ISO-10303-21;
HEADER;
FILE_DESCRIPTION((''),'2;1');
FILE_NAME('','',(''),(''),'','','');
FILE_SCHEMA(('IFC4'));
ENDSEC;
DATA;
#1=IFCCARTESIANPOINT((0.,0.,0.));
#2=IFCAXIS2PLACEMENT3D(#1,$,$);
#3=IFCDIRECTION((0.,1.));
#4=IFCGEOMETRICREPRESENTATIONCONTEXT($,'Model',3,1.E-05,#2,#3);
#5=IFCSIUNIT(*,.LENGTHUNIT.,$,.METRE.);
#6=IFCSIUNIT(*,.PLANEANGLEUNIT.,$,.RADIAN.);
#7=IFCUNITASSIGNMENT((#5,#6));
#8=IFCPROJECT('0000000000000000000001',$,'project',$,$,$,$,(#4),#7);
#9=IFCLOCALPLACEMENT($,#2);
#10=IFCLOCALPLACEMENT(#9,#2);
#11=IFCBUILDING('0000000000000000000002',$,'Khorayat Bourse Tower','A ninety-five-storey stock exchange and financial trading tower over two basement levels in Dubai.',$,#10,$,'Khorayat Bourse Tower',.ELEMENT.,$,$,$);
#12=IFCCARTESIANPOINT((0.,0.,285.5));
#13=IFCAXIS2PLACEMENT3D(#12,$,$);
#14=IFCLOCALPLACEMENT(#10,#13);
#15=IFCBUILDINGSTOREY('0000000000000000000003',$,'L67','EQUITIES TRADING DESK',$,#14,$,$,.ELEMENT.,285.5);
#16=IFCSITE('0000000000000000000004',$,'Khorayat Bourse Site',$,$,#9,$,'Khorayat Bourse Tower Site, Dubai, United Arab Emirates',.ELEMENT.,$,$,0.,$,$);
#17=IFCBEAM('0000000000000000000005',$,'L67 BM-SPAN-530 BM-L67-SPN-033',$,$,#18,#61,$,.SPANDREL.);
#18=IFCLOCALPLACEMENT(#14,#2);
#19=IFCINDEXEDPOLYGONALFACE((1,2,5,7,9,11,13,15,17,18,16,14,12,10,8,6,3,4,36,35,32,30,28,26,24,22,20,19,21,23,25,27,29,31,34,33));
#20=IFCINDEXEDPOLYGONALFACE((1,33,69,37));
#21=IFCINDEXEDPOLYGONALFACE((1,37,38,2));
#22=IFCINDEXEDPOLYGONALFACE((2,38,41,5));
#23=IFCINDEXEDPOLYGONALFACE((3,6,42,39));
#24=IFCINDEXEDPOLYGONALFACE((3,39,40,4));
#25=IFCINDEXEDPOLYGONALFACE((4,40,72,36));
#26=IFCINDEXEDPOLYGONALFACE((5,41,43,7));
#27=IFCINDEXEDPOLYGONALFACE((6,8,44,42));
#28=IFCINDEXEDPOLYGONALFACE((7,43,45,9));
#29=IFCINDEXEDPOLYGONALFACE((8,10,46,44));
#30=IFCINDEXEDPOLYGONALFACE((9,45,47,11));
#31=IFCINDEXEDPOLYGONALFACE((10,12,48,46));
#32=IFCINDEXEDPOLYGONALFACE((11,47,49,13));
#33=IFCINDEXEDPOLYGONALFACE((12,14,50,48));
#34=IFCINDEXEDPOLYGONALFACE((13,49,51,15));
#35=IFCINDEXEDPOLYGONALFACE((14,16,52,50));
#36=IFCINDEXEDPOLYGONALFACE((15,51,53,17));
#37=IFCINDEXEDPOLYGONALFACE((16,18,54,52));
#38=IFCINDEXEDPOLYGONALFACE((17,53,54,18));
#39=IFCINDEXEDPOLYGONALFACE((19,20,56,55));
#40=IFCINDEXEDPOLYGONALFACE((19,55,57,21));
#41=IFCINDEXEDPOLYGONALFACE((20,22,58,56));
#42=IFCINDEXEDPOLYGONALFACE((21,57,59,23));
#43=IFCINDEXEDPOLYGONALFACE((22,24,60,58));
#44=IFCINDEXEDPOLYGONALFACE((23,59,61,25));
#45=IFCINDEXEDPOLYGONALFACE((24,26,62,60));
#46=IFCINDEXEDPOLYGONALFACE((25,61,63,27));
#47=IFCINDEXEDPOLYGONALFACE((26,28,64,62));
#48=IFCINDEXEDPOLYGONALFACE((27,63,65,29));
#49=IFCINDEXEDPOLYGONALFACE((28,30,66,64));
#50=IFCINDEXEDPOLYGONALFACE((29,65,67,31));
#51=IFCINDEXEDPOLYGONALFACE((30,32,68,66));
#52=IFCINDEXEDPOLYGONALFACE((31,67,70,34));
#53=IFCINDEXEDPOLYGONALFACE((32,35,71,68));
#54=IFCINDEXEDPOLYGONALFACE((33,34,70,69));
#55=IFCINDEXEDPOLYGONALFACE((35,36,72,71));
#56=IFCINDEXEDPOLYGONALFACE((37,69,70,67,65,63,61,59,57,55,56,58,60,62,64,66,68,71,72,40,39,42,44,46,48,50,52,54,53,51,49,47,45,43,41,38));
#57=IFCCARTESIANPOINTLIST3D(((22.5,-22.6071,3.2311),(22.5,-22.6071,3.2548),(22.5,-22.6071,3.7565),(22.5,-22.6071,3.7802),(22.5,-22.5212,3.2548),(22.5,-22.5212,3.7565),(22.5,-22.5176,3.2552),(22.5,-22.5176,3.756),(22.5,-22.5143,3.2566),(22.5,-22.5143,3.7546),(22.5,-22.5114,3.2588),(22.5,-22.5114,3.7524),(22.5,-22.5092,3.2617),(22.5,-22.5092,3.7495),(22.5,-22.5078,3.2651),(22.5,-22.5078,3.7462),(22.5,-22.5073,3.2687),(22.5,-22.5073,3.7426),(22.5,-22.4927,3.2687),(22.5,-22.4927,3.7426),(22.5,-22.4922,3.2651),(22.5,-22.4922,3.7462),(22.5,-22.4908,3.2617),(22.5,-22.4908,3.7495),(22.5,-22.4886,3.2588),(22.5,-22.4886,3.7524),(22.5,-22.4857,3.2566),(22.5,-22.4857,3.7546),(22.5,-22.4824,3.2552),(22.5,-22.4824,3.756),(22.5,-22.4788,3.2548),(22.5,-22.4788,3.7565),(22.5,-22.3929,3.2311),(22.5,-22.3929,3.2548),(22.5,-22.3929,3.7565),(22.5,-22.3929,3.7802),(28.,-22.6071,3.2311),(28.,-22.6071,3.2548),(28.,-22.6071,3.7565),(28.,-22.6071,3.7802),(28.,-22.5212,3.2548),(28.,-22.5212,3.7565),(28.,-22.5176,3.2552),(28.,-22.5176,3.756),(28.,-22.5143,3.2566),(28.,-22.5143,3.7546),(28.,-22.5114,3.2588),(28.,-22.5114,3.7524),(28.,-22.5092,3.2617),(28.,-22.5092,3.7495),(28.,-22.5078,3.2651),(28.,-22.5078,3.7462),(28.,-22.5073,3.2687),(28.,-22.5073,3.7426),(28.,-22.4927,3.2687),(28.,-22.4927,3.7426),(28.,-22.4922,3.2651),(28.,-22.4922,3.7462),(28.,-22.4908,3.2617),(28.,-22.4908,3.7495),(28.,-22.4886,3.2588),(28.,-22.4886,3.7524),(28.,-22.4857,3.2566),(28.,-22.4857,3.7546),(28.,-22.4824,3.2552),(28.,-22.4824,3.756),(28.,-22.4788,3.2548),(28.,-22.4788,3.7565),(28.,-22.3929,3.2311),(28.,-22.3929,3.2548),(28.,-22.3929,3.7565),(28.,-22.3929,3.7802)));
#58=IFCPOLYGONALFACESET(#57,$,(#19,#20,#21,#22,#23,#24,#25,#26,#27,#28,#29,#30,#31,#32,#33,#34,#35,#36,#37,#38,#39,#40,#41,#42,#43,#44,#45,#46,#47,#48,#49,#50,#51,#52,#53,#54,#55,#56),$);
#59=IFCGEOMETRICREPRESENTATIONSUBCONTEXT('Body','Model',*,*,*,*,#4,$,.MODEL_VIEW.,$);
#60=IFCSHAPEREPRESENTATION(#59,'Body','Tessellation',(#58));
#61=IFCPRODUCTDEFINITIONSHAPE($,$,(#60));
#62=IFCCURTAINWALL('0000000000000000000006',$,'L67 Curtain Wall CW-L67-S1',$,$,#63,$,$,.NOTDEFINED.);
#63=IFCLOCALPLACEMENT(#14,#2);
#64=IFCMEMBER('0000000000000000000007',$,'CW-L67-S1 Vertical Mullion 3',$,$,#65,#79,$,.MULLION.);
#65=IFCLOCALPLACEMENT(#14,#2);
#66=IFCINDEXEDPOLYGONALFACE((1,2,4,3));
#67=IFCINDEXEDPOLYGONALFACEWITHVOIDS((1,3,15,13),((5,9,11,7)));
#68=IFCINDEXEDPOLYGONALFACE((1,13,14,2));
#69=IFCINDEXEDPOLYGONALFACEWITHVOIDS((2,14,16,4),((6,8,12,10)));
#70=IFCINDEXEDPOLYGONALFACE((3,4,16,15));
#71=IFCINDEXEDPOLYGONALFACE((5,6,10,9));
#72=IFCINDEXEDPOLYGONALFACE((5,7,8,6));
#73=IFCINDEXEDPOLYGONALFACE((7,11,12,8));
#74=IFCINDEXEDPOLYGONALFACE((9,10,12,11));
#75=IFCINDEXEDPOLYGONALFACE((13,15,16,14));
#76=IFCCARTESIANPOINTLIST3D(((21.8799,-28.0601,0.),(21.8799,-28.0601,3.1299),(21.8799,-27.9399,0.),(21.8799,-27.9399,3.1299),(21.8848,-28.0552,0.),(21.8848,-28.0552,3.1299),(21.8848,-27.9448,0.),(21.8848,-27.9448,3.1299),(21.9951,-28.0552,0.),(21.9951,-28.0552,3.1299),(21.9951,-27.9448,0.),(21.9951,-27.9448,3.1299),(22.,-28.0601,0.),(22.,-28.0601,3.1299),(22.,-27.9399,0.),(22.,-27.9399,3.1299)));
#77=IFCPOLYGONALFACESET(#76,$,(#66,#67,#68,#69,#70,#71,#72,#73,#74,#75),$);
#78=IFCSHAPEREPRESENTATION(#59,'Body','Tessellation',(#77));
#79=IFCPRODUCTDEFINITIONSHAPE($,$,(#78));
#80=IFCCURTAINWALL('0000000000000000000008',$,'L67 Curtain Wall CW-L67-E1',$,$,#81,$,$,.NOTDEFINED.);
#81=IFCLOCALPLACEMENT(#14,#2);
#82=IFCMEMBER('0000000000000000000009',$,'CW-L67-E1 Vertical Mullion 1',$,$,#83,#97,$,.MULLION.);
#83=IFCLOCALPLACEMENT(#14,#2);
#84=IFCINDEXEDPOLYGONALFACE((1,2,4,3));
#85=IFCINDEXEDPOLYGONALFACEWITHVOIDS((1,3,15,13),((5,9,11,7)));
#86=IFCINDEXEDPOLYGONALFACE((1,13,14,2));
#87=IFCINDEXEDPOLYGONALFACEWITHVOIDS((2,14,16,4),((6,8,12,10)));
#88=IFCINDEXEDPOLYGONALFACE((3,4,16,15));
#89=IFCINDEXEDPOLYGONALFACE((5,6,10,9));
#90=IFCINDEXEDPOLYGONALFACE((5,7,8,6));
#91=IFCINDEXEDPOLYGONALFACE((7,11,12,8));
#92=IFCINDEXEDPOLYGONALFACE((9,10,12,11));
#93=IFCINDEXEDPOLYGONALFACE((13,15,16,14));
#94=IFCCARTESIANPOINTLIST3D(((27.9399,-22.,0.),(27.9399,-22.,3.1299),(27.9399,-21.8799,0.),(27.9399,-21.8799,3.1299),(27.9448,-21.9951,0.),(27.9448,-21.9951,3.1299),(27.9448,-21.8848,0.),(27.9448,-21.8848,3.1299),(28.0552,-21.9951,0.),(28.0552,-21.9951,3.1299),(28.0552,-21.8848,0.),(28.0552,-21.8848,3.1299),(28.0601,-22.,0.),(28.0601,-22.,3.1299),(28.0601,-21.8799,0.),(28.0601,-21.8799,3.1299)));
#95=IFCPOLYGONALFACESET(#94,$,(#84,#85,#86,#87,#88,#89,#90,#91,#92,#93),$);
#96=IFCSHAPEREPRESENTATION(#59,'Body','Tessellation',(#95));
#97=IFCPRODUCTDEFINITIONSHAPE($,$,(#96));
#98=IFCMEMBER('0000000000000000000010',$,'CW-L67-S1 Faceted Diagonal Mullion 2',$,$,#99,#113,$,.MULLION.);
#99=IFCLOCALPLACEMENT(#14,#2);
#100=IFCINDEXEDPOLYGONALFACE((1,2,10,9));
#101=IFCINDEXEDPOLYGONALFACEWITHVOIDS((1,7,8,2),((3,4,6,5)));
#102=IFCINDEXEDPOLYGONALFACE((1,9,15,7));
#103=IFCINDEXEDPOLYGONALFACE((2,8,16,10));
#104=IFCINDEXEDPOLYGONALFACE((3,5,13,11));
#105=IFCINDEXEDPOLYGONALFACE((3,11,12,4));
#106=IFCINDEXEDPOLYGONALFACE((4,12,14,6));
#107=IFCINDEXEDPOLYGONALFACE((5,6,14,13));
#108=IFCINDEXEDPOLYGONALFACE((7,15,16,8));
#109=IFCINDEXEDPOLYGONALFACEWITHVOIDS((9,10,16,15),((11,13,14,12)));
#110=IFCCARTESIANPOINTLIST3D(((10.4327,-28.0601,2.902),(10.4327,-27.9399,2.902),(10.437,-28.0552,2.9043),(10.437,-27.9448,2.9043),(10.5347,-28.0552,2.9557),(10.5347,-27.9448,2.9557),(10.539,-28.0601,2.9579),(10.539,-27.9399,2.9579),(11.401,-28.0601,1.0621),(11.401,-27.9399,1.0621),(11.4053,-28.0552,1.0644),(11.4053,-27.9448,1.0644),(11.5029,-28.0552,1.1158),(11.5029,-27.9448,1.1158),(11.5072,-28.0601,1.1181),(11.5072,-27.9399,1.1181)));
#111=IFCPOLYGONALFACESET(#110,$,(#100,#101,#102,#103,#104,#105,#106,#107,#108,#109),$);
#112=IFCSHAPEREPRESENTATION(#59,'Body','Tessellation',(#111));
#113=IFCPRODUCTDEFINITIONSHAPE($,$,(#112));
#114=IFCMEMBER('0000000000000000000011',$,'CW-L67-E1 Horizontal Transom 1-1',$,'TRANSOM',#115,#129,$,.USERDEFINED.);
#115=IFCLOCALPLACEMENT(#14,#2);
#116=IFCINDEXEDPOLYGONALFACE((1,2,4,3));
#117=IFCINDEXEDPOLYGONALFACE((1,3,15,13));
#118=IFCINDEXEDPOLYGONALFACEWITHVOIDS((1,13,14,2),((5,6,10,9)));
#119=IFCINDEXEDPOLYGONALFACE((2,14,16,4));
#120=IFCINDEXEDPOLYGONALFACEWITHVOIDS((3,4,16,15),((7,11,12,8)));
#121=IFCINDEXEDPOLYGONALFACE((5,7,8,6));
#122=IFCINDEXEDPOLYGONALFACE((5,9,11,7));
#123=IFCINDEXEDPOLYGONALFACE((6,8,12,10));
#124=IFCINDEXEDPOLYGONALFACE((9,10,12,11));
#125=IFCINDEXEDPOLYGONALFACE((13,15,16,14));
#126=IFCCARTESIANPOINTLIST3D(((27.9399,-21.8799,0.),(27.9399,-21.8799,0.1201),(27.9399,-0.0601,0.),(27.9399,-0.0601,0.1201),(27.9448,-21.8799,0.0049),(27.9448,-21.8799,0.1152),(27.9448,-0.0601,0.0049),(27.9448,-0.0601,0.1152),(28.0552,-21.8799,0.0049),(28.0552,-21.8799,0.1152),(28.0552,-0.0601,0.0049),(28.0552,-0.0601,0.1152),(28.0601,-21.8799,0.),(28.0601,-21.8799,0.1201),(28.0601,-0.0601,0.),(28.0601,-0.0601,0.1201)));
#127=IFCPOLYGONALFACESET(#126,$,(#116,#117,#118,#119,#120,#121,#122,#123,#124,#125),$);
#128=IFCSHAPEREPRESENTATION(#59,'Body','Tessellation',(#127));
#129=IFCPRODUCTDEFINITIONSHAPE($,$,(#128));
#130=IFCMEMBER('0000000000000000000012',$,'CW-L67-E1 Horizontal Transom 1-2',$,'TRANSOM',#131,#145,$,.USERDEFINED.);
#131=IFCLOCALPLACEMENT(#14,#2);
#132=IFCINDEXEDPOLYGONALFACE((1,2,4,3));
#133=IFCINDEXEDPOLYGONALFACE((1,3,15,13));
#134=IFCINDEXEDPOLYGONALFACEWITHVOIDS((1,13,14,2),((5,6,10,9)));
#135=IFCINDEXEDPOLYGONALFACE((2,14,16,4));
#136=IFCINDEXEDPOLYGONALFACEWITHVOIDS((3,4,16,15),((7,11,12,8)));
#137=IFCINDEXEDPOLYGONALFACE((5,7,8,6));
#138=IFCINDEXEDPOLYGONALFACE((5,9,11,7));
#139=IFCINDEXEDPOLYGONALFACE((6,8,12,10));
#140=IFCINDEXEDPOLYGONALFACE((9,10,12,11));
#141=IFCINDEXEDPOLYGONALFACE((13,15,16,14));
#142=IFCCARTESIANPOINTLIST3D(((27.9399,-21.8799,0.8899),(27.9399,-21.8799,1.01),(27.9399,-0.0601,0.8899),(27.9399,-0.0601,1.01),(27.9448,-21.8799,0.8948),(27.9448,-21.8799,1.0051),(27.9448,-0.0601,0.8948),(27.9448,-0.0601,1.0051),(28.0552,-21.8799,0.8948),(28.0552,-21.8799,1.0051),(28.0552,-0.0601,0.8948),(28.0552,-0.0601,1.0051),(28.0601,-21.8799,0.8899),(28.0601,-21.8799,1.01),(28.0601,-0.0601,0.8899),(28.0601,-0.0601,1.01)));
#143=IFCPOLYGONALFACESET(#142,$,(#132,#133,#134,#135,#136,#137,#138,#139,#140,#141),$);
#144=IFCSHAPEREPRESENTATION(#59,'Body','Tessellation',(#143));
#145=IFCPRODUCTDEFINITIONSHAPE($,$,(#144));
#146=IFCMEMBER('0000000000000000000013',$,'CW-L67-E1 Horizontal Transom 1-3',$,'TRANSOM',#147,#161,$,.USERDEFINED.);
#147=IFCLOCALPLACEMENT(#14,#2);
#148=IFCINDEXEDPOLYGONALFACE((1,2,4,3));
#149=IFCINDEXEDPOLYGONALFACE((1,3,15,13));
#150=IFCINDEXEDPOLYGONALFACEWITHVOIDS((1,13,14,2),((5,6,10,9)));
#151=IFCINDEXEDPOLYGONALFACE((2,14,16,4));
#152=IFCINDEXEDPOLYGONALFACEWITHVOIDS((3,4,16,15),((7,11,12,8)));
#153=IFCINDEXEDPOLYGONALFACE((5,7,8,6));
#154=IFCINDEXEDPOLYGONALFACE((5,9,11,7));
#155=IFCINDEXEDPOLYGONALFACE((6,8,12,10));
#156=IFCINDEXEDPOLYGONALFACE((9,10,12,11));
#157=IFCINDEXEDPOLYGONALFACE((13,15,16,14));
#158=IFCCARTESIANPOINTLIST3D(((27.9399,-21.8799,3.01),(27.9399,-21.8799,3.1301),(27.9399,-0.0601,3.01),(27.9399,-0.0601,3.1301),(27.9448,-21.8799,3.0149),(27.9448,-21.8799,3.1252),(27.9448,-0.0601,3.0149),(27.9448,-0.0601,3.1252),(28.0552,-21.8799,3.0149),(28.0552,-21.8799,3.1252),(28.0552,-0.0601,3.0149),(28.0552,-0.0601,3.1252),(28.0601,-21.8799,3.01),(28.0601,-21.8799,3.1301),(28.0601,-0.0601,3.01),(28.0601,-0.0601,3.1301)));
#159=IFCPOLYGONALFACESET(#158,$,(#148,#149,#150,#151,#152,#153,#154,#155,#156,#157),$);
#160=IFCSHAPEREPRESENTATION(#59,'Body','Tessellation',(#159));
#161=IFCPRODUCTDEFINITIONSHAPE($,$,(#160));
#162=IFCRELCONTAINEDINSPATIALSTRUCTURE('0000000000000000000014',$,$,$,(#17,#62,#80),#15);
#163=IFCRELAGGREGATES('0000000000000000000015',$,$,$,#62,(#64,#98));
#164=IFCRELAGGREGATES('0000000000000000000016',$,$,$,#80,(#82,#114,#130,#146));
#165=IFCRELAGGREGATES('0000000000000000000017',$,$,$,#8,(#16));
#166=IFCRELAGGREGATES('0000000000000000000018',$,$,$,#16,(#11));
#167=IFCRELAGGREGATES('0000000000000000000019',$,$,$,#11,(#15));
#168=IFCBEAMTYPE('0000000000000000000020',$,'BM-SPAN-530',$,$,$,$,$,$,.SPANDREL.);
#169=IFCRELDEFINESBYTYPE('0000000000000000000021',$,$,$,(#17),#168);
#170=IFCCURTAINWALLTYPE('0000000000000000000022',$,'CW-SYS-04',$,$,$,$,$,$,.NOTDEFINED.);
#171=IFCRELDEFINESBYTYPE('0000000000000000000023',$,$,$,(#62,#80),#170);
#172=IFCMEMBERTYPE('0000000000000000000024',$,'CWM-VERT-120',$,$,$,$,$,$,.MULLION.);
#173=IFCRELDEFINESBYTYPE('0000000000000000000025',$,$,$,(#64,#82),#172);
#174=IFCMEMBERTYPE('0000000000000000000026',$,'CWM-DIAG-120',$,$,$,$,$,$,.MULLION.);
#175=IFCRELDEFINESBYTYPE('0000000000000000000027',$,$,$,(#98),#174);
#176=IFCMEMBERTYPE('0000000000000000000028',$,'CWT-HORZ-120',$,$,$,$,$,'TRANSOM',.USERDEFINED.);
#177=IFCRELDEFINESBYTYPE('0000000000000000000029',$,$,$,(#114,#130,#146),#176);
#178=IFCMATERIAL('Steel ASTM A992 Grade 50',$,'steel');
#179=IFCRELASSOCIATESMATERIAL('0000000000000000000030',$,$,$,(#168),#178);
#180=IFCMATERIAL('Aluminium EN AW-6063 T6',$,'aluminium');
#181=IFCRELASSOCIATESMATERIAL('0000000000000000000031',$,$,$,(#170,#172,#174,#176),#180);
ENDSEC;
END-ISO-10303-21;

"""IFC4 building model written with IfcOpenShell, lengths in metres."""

from ifc_helpers import new_model, si_unit, direction, frame, origin, origin_2d, place, context, subcontext, project, spatial, hollow_rectangle, i_section, extrude, source, transform, mapped, material, material_profile, profile_set, type_object, element, aggregate, save


model = new_model("IFC4")

# Units and contexts
model_context = context("Model", 3, precision=1e-05, world=origin(), true_north=direction((0.0, 1.0)))
body_context = subcontext(model_context, "Body", "Model", "MODEL_VIEW")
ifc_project = project(units=[si_unit("LENGTHUNIT", "METRE"), si_unit("PLANEANGLEUNIT", "RADIAN")], contexts=[model_context])

# Site, building, storey
site_placement = place(None, origin())
site = spatial("IfcSite", under=ifc_project, at=site_placement, Name="Khorayat Bourse Site", LongName="Khorayat Bourse Tower Site, Dubai, United Arab Emirates", CompositionType="ELEMENT", RefElevation=0.0)
building_placement = place(site_placement, origin())
building = spatial("IfcBuilding", under=site, at=building_placement, Name="Khorayat Bourse Tower", Description="A ninety-five-storey stock exchange and financial trading tower over two basement levels in Dubai.", LongName="Khorayat Bourse Tower", CompositionType="ELEMENT")
storey_placement = place(building_placement, frame((0.0, 0.0, 285.5)))
storey = spatial("IfcBuildingStorey", under=building, at=storey_placement, Name="L67", Description="EQUITIES TRADING DESK", CompositionType="ELEMENT", Elevation=285.5)

# Beam
ifc_material_1 = material(Name="Steel ASTM A992 Grade 50", Category="steel")
ifc_material_profile_1 = material_profile(ifc_material_1, i_section(OverallWidth=0.2141, OverallDepth=0.5491, WebThickness=0.0146, FlangeThickness=0.0237, FilletRadius=0.0139, at=origin_2d()), Name="W530X138")
ifc_profile_set_1 = profile_set([ifc_material_profile_1], Name="Steel ASTM A992 Grade 50")
beam_type_1 = type_object("IfcBeamType", Name="BM-SPAN-530", PredefinedType="SPANDREL", material=ifc_profile_set_1)
shared_shape_1 = source(origin(), body_context, "Body", "SweptSolid", [
    extrude(i_section(OverallWidth=0.2141, OverallDepth=0.5491, WebThickness=0.0146, FlangeThickness=0.0237, FilletRadius=0.0139, at=origin_2d()), origin(), (0.0, 0.0, 1.0), 5.5),
])
for number, where, z_axis, x_axis, name in (
    (1, (22.5, -22.5, 3.5056), (1.0, 0.0, 0.0), (0.0, 1.0, 0.0), "L67 BM-SPAN-530 BM-L67-SPN-033"),
):
    element("IfcBeam", number, at=place(storey_placement, frame(where, z_axis=z_axis, x_axis=x_axis)), inside=storey, type_object=beam_type_1, Name=name, PredefinedType="SPANDREL", context=body_context, shape_type="MappedRepresentation", body=[
        mapped(shared_shape_1, transform((0.0, 0.0, 0.0), scale=1.0)),
    ])

# Curtain walls, members
ifc_material_2 = material(Name="Aluminium EN AW-6063 T6", Category="aluminium")
curtain_wall_type = type_object("IfcCurtainWallType", Name="CW-SYS-04", PredefinedType="NOTDEFINED", material=ifc_material_2)
curtain_wall_1_placement = place(storey_placement, origin())
curtain_wall_1 = element("IfcCurtainWall", 2, at=curtain_wall_1_placement, inside=storey, type_object=curtain_wall_type, Name="L67 Curtain Wall CW-L67-S1", PredefinedType="NOTDEFINED")
ifc_material_profile_2 = material_profile(ifc_material_2, hollow_rectangle(XDim=0.1201, YDim=0.1201, WallThickness=0.0049, at=origin_2d()), Name="ALU 120x120x5")
ifc_profile_set_2 = profile_set([ifc_material_profile_2], Name="Aluminium EN AW-6063 T6")
member_type_1 = type_object("IfcMemberType", Name="CWM-VERT-120", PredefinedType="MULLION", material=ifc_profile_set_2)
shared_shape_2 = source(origin(), body_context, "Body", "SweptSolid", [
    extrude(hollow_rectangle(XDim=0.1201, YDim=0.1201, WallThickness=0.0049, at=origin_2d()), origin(), (0.0, 0.0, 1.0), 3.1299),
])
member_1_placement = place(storey_placement, frame((21.9399, -28.0, 0.0), z_axis=(0.0, 0.0, 1.0), x_axis=(0.0, 1.0, 0.0)))
member_1 = element("IfcMember", 3, at=member_1_placement, type_object=member_type_1, Name="CW-L67-S1 Vertical Mullion 3", PredefinedType="MULLION", context=body_context, shape_type="MappedRepresentation", body=[
    mapped(shared_shape_2, transform((0.0, 0.0, 0.0), scale=1.0)),
])
curtain_wall_2_placement = place(storey_placement, origin())
curtain_wall_2 = element("IfcCurtainWall", 4, at=curtain_wall_2_placement, inside=storey, type_object=curtain_wall_type, Name="L67 Curtain Wall CW-L67-E1", PredefinedType="NOTDEFINED")
member_2_placement = place(storey_placement, frame((28.0, -21.9399, 0.0), z_axis=(0.0, 0.0, 1.0), x_axis=(-1.0, 0.0, 0.0)))
member_2 = element("IfcMember", 5, at=member_2_placement, type_object=member_type_1, Name="CW-L67-E1 Vertical Mullion 1", PredefinedType="MULLION", context=body_context, shape_type="MappedRepresentation", body=[
    mapped(shared_shape_2, transform((0.0, 0.0, 0.0), scale=1.0)),
])

# Members
ifc_material_profile_3 = material_profile(ifc_material_2, hollow_rectangle(XDim=0.1201, YDim=0.1201, WallThickness=0.0049, at=origin_2d()), Name="ALU 120x120x5")
ifc_profile_set_3 = profile_set([ifc_material_profile_3], Name="Aluminium EN AW-6063 T6")
member_type_2 = type_object("IfcMemberType", Name="CWM-DIAG-120", PredefinedType="MULLION", material=ifc_profile_set_3)
shared_shape_3 = source(origin(), body_context, "Body", "SweptSolid", [
    extrude(hollow_rectangle(XDim=0.1201, YDim=0.1201, WallThickness=0.0049, at=origin_2d()), origin(), (0.0, 0.0, 1.0), 2.0791),
])
member_3_placement = place(storey_placement, frame((11.4541, -28.0, 1.0901), z_axis=(-0.465717, 0.0, 0.884934), x_axis=(0.0, -1.0, 0.0)))
member_3 = element("IfcMember", 6, at=member_3_placement, type_object=member_type_2, Name="CW-L67-S1 Faceted Diagonal Mullion 2", PredefinedType="MULLION", context=body_context, shape_type="MappedRepresentation", body=[
    mapped(shared_shape_3, transform((0.0, 0.0, 0.0), scale=1.0)),
])
aggregate(curtain_wall_1, [member_1, member_3])
ifc_material_profile_4 = material_profile(ifc_material_2, hollow_rectangle(XDim=0.1201, YDim=0.1201, WallThickness=0.0049, at=origin_2d()), Name="ALU 120x120x5")
ifc_profile_set_4 = profile_set([ifc_material_profile_4], Name="Aluminium EN AW-6063 T6")
member_type_3 = type_object("IfcMemberType", Name="CWT-HORZ-120", ElementType="TRANSOM", PredefinedType="USERDEFINED", material=ifc_profile_set_4)
shared_shape_4 = source(origin(), body_context, "Body", "SweptSolid", [
    extrude(hollow_rectangle(XDim=0.1201, YDim=0.1201, WallThickness=0.0049, at=origin_2d()), origin(), (0.0, 0.0, 1.0), 21.8198),
])
member_4_placement = place(storey_placement, frame((28.0, -21.8799, 0.0601), z_axis=(0.0, 1.0, 0.0), x_axis=(-1.0, 0.0, 0.0)))
member_4 = element("IfcMember", 7, at=member_4_placement, type_object=member_type_3, Name="CW-L67-E1 Horizontal Transom 1-1", ObjectType="TRANSOM", PredefinedType="USERDEFINED", context=body_context, shape_type="MappedRepresentation", body=[
    mapped(shared_shape_4, transform((0.0, 0.0, 0.0), scale=1.0)),
])
member_5_placement = place(storey_placement, frame((28.0, -21.8799, 0.95), z_axis=(0.0, 1.0, 0.0), x_axis=(-1.0, 0.0, 0.0)))
member_5 = element("IfcMember", 8, at=member_5_placement, type_object=member_type_3, Name="CW-L67-E1 Horizontal Transom 1-2", ObjectType="TRANSOM", PredefinedType="USERDEFINED", context=body_context, shape_type="MappedRepresentation", body=[
    mapped(shared_shape_4, transform((0.0, 0.0, 0.0), scale=1.0)),
])
member_6_placement = place(storey_placement, frame((28.0, -21.8799, 3.0701), z_axis=(0.0, 1.0, 0.0), x_axis=(-1.0, 0.0, 0.0)))
member_6 = element("IfcMember", 9, at=member_6_placement, type_object=member_type_3, Name="CW-L67-E1 Horizontal Transom 1-3", ObjectType="TRANSOM", PredefinedType="USERDEFINED", context=body_context, shape_type="MappedRepresentation", body=[
    mapped(shared_shape_4, transform((0.0, 0.0, 0.0), scale=1.0)),
])
aggregate(curtain_wall_2, [member_2, member_4, member_5, member_6])

save(model, "model.ifc")
